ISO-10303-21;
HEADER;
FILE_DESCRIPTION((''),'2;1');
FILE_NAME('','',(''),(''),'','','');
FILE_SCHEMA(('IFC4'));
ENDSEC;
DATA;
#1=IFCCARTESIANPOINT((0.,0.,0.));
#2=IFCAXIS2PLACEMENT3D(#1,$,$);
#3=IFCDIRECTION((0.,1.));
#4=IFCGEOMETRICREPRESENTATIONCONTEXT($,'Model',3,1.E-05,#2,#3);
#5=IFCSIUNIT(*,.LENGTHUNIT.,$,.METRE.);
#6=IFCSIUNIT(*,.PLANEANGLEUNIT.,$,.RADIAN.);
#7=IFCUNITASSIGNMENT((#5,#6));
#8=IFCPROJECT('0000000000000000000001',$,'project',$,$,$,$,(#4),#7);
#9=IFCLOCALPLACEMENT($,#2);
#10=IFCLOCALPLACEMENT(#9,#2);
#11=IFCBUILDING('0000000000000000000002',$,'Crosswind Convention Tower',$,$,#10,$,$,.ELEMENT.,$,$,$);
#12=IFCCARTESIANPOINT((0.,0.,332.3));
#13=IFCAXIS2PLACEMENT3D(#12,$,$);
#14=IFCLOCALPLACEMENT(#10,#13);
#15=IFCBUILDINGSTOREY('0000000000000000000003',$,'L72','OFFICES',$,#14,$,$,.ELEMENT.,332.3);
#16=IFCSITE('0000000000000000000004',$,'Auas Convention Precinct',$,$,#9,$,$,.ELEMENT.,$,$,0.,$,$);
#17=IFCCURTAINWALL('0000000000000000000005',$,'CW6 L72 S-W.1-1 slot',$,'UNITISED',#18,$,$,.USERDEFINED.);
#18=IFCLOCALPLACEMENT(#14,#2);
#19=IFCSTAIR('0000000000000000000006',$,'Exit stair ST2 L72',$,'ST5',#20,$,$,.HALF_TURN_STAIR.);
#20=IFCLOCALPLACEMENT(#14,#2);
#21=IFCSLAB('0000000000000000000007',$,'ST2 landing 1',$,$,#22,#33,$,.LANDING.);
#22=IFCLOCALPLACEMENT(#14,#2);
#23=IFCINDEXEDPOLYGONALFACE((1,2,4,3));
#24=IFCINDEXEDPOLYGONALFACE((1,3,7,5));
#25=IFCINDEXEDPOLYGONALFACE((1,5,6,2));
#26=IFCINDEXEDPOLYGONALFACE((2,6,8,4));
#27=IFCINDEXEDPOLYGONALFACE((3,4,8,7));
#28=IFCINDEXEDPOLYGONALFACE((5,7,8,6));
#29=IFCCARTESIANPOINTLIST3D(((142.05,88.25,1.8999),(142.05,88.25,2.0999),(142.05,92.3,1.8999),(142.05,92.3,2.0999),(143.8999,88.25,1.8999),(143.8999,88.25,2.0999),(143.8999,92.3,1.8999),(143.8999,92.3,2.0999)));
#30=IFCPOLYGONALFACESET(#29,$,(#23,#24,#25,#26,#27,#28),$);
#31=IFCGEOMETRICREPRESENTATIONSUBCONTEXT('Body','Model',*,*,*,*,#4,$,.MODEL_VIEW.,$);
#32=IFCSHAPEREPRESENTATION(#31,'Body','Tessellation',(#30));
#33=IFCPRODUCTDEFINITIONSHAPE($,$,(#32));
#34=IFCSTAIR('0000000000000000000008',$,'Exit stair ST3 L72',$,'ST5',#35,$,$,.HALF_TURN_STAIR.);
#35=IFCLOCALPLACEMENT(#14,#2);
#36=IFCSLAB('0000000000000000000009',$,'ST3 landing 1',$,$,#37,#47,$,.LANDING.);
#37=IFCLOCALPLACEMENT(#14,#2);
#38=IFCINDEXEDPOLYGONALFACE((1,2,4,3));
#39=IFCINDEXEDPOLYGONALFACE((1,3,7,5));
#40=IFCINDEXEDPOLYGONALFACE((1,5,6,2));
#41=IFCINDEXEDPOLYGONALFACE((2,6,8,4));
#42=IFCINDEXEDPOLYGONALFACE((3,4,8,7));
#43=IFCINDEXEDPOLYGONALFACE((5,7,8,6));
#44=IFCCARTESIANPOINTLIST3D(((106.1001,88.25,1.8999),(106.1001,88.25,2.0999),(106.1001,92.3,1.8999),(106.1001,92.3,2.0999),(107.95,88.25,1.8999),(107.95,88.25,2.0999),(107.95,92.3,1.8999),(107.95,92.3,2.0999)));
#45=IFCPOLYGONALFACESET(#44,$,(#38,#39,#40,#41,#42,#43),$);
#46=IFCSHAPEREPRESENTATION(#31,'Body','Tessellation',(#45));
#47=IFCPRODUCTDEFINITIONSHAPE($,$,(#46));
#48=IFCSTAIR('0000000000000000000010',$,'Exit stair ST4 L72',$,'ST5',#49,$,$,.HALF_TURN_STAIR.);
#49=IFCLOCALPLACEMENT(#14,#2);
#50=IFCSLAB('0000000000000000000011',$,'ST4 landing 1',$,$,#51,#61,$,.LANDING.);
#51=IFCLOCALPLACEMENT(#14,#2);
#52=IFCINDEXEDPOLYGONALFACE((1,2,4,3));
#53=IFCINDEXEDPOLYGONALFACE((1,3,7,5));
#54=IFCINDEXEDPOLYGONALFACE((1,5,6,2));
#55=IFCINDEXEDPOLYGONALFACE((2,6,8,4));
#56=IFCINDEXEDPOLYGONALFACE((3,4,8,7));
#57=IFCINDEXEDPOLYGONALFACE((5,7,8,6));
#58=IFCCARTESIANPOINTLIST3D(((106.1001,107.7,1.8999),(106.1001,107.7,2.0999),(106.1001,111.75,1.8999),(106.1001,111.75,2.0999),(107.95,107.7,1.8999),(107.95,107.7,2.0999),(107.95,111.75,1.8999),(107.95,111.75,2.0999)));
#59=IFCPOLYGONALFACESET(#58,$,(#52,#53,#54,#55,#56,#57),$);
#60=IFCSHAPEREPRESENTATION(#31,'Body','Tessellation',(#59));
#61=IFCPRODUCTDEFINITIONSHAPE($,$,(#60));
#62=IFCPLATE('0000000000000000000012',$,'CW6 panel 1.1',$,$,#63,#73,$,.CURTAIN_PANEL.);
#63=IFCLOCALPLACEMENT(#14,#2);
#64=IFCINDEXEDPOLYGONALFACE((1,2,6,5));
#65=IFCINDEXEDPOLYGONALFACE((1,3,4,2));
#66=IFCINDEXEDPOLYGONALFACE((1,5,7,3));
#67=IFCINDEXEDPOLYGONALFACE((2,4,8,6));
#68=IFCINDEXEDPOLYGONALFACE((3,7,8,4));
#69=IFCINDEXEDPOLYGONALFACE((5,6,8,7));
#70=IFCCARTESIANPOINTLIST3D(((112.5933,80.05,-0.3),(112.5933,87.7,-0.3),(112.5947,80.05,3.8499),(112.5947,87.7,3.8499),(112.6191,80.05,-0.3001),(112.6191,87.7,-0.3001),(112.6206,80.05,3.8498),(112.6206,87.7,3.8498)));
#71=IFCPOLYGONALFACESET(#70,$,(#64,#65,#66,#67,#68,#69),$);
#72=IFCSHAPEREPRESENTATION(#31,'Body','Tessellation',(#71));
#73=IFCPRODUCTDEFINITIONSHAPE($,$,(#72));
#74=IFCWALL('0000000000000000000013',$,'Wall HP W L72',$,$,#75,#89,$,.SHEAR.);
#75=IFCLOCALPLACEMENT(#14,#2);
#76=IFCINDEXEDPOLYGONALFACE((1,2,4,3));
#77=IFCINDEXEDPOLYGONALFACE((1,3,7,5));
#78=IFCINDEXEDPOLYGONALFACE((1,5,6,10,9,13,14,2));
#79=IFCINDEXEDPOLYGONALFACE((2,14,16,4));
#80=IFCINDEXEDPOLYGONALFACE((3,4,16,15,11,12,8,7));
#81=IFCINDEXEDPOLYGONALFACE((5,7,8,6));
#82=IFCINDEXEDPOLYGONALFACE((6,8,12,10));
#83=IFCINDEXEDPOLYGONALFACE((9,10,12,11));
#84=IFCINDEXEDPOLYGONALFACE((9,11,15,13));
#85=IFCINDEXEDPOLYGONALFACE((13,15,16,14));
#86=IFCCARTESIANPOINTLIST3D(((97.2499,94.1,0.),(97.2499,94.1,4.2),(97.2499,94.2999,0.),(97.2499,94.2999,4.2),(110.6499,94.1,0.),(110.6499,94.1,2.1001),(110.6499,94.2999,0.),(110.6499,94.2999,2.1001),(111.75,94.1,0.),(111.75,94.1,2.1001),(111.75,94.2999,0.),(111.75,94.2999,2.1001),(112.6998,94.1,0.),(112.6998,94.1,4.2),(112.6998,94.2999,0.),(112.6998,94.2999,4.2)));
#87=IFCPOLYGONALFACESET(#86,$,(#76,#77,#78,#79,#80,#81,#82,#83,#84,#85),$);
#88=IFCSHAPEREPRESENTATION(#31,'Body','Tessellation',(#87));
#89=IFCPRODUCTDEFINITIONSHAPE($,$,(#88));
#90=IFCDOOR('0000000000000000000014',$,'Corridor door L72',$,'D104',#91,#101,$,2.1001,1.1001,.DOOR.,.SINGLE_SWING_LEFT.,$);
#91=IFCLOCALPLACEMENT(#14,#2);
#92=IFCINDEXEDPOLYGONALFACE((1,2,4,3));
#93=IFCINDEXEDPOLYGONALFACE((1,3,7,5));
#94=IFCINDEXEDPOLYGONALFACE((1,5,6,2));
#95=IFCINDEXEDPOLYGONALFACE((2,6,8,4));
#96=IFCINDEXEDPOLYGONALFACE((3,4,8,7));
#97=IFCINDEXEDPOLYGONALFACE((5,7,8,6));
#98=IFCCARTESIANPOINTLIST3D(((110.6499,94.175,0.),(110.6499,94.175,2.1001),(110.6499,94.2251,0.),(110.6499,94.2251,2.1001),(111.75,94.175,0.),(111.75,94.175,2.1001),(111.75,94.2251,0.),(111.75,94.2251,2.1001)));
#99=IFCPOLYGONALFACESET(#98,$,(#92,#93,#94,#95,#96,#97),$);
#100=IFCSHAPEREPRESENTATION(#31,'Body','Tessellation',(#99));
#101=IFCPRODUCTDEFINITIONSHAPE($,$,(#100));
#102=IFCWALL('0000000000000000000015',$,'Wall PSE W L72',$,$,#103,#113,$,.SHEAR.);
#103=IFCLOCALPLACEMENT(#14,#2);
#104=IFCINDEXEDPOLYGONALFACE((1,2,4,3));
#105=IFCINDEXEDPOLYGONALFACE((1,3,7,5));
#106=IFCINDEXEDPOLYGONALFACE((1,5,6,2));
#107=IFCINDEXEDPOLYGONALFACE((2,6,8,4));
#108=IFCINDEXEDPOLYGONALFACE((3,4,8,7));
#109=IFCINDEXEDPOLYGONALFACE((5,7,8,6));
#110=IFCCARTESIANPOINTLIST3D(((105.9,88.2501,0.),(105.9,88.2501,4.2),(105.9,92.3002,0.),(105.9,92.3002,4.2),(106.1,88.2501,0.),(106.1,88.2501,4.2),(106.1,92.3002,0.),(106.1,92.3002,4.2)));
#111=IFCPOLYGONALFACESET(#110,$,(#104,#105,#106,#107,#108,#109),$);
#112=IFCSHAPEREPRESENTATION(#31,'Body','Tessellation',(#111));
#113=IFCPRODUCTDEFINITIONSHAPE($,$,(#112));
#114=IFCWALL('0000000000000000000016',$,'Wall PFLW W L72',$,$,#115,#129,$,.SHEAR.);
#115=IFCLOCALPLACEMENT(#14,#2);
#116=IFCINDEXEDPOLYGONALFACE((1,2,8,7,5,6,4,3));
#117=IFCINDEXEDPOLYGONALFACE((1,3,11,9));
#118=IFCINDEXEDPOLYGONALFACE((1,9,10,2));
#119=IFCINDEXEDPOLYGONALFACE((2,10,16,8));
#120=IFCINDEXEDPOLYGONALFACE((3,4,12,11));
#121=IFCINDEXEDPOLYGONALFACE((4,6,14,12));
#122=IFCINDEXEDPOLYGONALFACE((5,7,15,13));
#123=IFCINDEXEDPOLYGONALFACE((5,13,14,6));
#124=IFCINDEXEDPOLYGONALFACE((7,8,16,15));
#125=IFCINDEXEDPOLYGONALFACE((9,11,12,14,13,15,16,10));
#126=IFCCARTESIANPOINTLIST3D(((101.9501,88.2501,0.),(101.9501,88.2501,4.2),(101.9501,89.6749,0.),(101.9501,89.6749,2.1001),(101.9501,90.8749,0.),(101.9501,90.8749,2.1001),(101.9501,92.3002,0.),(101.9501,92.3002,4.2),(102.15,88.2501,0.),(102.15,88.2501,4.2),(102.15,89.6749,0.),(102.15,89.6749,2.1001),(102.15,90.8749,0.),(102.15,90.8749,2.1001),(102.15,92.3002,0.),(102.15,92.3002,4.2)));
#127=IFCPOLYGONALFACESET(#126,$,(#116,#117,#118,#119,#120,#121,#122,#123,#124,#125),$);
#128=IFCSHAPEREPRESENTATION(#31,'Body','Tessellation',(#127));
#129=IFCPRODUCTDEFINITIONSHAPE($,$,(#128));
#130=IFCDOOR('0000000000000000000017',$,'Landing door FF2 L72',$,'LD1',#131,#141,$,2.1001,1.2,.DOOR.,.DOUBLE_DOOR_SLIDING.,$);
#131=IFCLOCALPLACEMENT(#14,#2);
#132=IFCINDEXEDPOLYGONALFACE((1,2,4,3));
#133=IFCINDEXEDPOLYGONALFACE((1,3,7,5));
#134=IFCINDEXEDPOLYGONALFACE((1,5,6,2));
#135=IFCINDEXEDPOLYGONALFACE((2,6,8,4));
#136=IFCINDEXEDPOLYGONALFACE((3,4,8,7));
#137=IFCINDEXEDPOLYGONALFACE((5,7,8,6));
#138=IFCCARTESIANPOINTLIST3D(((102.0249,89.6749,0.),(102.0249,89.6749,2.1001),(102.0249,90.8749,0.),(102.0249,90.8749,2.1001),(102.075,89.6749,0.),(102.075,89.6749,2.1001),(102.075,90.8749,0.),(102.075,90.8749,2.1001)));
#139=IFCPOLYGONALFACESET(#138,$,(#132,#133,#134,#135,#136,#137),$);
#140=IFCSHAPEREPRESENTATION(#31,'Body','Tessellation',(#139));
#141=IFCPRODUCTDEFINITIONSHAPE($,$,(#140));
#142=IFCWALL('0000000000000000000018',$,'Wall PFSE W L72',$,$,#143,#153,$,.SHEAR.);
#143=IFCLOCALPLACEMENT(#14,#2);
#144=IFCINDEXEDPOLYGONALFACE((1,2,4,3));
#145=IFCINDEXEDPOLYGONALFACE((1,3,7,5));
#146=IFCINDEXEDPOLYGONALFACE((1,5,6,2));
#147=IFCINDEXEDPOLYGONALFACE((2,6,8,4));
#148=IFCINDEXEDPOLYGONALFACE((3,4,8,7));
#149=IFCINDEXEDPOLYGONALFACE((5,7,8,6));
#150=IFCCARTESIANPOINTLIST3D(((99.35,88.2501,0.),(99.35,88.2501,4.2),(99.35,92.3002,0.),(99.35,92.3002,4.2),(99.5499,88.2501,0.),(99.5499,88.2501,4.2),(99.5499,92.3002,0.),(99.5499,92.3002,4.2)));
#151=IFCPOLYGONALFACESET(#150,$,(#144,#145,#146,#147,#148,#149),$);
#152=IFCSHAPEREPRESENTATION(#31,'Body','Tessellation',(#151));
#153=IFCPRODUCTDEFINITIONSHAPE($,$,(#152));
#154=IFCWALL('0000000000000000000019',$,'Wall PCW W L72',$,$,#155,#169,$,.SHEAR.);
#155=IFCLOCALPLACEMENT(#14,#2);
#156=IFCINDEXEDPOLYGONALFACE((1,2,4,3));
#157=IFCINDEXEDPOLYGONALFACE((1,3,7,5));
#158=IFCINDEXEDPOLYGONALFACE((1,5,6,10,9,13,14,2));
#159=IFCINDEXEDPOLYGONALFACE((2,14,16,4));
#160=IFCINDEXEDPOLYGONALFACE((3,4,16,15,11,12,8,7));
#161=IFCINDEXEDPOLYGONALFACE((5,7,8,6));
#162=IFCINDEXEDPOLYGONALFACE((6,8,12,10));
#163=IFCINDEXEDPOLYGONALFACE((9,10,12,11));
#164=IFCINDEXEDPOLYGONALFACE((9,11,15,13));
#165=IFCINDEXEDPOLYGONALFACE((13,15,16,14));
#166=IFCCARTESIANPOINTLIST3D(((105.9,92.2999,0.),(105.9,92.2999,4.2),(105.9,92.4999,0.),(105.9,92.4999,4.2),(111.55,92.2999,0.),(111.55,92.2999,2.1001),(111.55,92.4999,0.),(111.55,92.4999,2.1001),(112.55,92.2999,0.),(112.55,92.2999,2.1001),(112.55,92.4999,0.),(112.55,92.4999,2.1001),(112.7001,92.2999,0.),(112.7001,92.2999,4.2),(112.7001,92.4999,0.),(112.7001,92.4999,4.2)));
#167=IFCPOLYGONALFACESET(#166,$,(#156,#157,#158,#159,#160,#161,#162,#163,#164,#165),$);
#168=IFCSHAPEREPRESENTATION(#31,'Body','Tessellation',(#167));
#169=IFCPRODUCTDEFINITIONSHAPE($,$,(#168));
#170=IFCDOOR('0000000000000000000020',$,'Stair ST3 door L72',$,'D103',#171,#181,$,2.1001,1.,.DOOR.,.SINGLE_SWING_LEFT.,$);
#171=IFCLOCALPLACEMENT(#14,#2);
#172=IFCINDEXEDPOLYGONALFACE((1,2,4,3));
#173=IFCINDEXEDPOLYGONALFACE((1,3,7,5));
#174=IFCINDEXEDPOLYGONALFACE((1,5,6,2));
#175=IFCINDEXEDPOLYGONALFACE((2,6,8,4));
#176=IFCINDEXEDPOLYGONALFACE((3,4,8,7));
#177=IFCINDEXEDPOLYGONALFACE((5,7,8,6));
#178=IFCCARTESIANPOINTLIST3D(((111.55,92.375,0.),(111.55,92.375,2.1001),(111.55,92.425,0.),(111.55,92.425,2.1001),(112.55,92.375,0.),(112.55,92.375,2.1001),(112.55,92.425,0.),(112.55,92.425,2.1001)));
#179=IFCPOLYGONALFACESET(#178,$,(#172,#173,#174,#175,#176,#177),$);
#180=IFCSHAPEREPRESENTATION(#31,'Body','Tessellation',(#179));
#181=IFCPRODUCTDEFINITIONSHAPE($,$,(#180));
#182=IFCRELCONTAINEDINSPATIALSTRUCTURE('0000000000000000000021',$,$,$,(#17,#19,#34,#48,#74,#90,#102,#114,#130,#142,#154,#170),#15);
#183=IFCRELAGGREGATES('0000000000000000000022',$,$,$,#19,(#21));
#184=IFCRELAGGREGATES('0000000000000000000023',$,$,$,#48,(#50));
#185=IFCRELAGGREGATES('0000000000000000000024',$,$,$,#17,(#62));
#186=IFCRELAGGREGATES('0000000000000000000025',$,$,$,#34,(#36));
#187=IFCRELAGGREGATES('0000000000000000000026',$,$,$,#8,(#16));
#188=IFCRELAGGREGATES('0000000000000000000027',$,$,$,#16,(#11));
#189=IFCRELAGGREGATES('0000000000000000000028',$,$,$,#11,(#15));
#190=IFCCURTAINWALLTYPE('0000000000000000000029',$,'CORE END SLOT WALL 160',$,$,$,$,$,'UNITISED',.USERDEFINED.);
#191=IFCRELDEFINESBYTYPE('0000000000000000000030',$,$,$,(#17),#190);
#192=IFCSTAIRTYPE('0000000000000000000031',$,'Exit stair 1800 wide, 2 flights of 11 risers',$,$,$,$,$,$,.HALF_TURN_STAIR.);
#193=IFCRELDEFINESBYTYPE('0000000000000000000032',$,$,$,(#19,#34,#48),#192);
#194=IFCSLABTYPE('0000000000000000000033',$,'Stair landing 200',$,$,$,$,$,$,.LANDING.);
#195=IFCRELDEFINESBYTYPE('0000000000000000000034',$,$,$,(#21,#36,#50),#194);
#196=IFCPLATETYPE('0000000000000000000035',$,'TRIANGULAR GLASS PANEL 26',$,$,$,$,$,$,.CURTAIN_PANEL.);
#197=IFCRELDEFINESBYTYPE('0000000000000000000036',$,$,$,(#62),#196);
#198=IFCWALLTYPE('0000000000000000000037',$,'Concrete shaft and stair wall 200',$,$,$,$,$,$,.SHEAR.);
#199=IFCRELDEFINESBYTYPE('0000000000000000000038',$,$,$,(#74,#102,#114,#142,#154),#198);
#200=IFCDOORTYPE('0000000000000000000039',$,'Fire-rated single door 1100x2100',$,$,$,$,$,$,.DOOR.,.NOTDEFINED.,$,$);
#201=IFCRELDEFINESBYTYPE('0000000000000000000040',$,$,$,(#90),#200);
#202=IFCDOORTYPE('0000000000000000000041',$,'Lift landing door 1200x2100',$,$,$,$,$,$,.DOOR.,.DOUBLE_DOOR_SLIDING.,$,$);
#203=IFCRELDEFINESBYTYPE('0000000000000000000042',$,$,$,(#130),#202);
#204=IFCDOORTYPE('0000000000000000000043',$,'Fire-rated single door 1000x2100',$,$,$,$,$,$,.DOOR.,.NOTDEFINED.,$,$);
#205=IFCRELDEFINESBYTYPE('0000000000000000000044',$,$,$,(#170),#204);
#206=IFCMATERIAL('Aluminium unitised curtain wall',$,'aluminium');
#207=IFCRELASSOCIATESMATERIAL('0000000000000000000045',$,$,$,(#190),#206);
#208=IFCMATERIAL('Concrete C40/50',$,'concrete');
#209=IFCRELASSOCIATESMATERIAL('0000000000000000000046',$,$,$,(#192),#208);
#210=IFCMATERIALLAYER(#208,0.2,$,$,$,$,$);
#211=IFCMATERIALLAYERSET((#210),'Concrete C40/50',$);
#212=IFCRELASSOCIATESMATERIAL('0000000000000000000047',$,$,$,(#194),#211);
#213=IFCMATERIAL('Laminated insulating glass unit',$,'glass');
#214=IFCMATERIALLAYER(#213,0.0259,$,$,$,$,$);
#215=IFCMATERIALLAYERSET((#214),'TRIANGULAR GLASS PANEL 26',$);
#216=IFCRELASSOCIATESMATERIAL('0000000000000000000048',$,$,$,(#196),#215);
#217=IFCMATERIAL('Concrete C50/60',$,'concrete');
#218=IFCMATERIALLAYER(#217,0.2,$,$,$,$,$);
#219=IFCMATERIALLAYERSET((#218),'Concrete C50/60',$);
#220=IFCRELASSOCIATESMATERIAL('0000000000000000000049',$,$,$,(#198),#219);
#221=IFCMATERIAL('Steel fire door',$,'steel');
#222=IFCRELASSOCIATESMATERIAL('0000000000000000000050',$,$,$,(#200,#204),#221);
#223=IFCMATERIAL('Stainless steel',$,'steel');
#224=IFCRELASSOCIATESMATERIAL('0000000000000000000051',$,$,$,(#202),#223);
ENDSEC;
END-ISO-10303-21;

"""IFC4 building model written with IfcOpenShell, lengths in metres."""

from ifc_helpers import new_model, si_unit, direction, frame, frame_2d, origin, place, context, subcontext, project, spatial, polyline, rectangle, outline, extrude, material, layer, layer_set, type_object, element, fill, aggregate, save


model = new_model("IFC4")

# Units and contexts
model_context = context("Model", 3, precision=1e-05, world=origin(), true_north=direction((0.0, 1.0)))
body_context = subcontext(model_context, "Body", "Model", "MODEL_VIEW")
ifc_project = project(units=[si_unit("LENGTHUNIT", "METRE"), si_unit("PLANEANGLEUNIT", "RADIAN")], contexts=[model_context])

# Site, building, storey
site_placement = place(None, origin())
site = spatial("IfcSite", under=ifc_project, at=site_placement, Name="Auas Convention Precinct", CompositionType="ELEMENT", RefElevation=0.0)
building_placement = place(site_placement, origin())
building = spatial("IfcBuilding", under=site, at=building_placement, Name="Crosswind Convention Tower", CompositionType="ELEMENT")
storey_placement = place(building_placement, frame((0.0, 0.0, 332.3)))
storey = spatial("IfcBuildingStorey", under=building, at=storey_placement, Name="L72", Description="OFFICES", CompositionType="ELEMENT", Elevation=332.3)

# Curtain wall
ifc_material_1 = material(Name="Aluminium unitised curtain wall", Category="aluminium")
curtain_wall_type = type_object("IfcCurtainWallType", Name="CORE END SLOT WALL 160", ElementType="UNITISED", PredefinedType="USERDEFINED", material=ifc_material_1)
curtain_wall_placement = place(storey_placement, origin())
curtain_wall = element("IfcCurtainWall", 1, at=curtain_wall_placement, inside=storey, type_object=curtain_wall_type, Name="CW6 L72 S-W.1-1 slot", ObjectType="UNITISED", PredefinedType="USERDEFINED")

# Shared definitions
ifc_material_2 = material(Name="Concrete C40/50", Category="concrete")

# Stairs, slabs
stair_type = type_object("IfcStairType", Name="Exit stair 1800 wide, 2 flights of 11 risers", PredefinedType="HALF_TURN_STAIR", material=ifc_material_2)
ifc_layer_1 = layer(ifc_material_2, 0.2)
ifc_layer_set_1 = layer_set([ifc_layer_1], Name="Concrete C40/50")
slab_type_1 = type_object("IfcSlabType", Name="Stair landing 200", PredefinedType="LANDING", material=ifc_layer_set_1)
stair_1_placement = place(storey_placement, origin())
stair_1 = element("IfcStair", 2, at=stair_1_placement, inside=storey, type_object=stair_type, Name="Exit stair ST2 L72", ObjectType="ST5", PredefinedType="HALF_TURN_STAIR")
slab_1_placement = place(storey_placement, frame((0.0, 0.0, 1.8999)))
slab_1 = element("IfcSlab", 3, at=slab_1_placement, type_object=slab_type_1, Name="ST2 landing 1", PredefinedType="LANDING", context=body_context, shape_type="SweptSolid", body=[
    extrude(outline(polyline([(143.8999, 88.25), (143.8999, 92.3), (142.05, 92.3), (142.05, 88.25), (143.8999, 88.25)])), origin(), (0.0, 0.0, 1.0), 0.2),
])
aggregate(stair_1, [slab_1])
stair_2_placement = place(storey_placement, origin())
stair_2 = element("IfcStair", 4, at=stair_2_placement, inside=storey, type_object=stair_type, Name="Exit stair ST3 L72", ObjectType="ST5", PredefinedType="HALF_TURN_STAIR")
slab_2_placement = place(storey_placement, frame((0.0, 0.0, 1.8999)))
slab_2 = element("IfcSlab", 5, at=slab_2_placement, type_object=slab_type_1, Name="ST3 landing 1", PredefinedType="LANDING", context=body_context, shape_type="SweptSolid", body=[
    extrude(outline(polyline([(107.95, 88.25), (107.95, 92.3), (106.1001, 92.3), (106.1001, 88.25), (107.95, 88.25)])), origin(), (0.0, 0.0, 1.0), 0.2),
])
stair_3_placement = place(storey_placement, origin())
stair_3 = element("IfcStair", 6, at=stair_3_placement, inside=storey, type_object=stair_type, Name="Exit stair ST4 L72", ObjectType="ST5", PredefinedType="HALF_TURN_STAIR")
slab_3_placement = place(storey_placement, frame((0.0, 0.0, 1.8999)))
slab_3 = element("IfcSlab", 7, at=slab_3_placement, type_object=slab_type_1, Name="ST4 landing 1", PredefinedType="LANDING", context=body_context, shape_type="SweptSolid", body=[
    extrude(outline(polyline([(107.95, 107.7), (107.95, 111.75), (106.1001, 111.75), (106.1001, 107.7), (107.95, 107.7)])), origin(), (0.0, 0.0, 1.0), 0.2),
])
aggregate(stair_3, [slab_3])

# Plate
ifc_material_3 = material(Name="Laminated insulating glass unit", Category="glass")
ifc_layer_2 = layer(ifc_material_3, 0.0259)
ifc_layer_set_2 = layer_set([ifc_layer_2], Name="TRIANGULAR GLASS PANEL 26")
plate_type = type_object("IfcPlateType", Name="TRIANGULAR GLASS PANEL 26", PredefinedType="CURTAIN_PANEL", material=ifc_layer_set_2)
plate_placement = place(storey_placement, frame((112.5933, 87.7, -0.3), z_axis=(-1.0, 0.0, 0.000353), x_axis=(0.0, -1.0, 0.0)))
plate = element("IfcPlate", 8, at=plate_placement, type_object=plate_type, Name="CW6 panel 1.1", PredefinedType="CURTAIN_PANEL", context=body_context, shape_type="SweptSolid", body=[
    extrude(outline(polyline([(0.0, 0.0), (7.6499, 0.0), (7.6499, 4.1499), (0.0, 4.1499), (0.0, 0.0)])), origin(), (0.0, 0.0, -1.0), 0.0259),
])
aggregate(curtain_wall, [plate])

# Wall, opening, door
ifc_material_4 = material(Name="Concrete C50/60", Category="concrete")
ifc_layer_3 = layer(ifc_material_4, 0.2)
ifc_layer_set_3 = layer_set([ifc_layer_3], Name="Concrete C50/60")
wall_type_1 = type_object("IfcWallType", Name="Concrete shaft and stair wall 200", PredefinedType="SHEAR", material=ifc_layer_set_3)
wall_1_placement = place(storey_placement, frame((112.7, 94.2, 0.0), z_axis=(0.0, 0.0, 1.0), x_axis=(-1.0, 0.0, 0.0)))
wall_1 = element("IfcWall", 9, at=wall_1_placement, inside=storey, type_object=wall_type_1, Name="Wall HP W L72", PredefinedType="SHEAR", context=body_context, shape_type="SweptSolid", body=[
    extrude(rectangle(XDim=15.45, YDim=0.2, at=frame_2d((7.7251, 0.0))), origin(), (0.0, 0.0, 1.0), 4.2),
])
opening_1_placement = place(wall_1_placement, frame((0.95, 0.0, 0.0)))
opening_1 = element("IfcOpeningElement", 10, at=opening_1_placement, cuts=wall_1, PredefinedType="OPENING", context=body_context, shape_type="SweptSolid", body=[
    extrude(rectangle(XDim=1.1001, YDim=2.1001, at=frame_2d((0.55, 1.05))), frame((0.0, 0.1099, 0.0), z_axis=(0.0, -1.0, 0.0), x_axis=(1.0, 0.0, 0.0)), (0.0, 0.0, 1.0), 0.22),
])
ifc_material_5 = material(Name="Steel fire door", Category="steel")
door_type_1 = type_object("IfcDoorType", Name="Fire-rated single door 1100x2100", OperationType="NOTDEFINED", PredefinedType="DOOR", material=ifc_material_5)
door_1_placement = place(opening_1_placement, origin())
door_1 = element("IfcDoor", 11, at=door_1_placement, inside=storey, type_object=door_type_1, Name="Corridor door L72", ObjectType="D104", OperationType="SINGLE_SWING_LEFT", OverallHeight=2.1001, OverallWidth=1.1001, PredefinedType="DOOR", context=body_context, shape_type="SweptSolid", body=[
    extrude(rectangle(XDim=1.1001, YDim=2.1001, at=frame_2d((0.55, 1.05))), frame((0.0, 0.0249, 0.0), z_axis=(0.0, -1.0, 0.0), x_axis=(1.0, 0.0, 0.0)), (0.0, 0.0, 1.0), 0.05),
])
fill(opening_1, door_1)

# Wall
wall_2_placement = place(storey_placement, frame((106.0, 92.3, 0.0), z_axis=(0.0, 0.0, 1.0), x_axis=(0.0, -1.0, 0.0)))
element("IfcWall", 12, at=wall_2_placement, inside=storey, type_object=wall_type_1, Name="Wall PSE W L72", PredefinedType="SHEAR", context=body_context, shape_type="SweptSolid", body=[
    extrude(rectangle(XDim=4.05, YDim=0.2, at=frame_2d((2.0249, 0.0))), origin(), (0.0, 0.0, 1.0), 4.2),
])

# Wall, opening, door
wall_3_placement = place(storey_placement, frame((102.05, 92.3, 0.0), z_axis=(0.0, 0.0, 1.0), x_axis=(0.0, -1.0, 0.0)))
wall_3 = element("IfcWall", 13, at=wall_3_placement, inside=storey, type_object=wall_type_1, Name="Wall PFLW W L72", PredefinedType="SHEAR", context=body_context, shape_type="SweptSolid", body=[
    extrude(rectangle(XDim=4.05, YDim=0.2, at=frame_2d((2.0249, 0.0))), origin(), (0.0, 0.0, 1.0), 4.2),
])
opening_2_placement = place(wall_3_placement, frame((1.425, 0.0, 0.0)))
opening_2 = element("IfcOpeningElement", 14, at=opening_2_placement, cuts=wall_3, PredefinedType="OPENING", context=body_context, shape_type="SweptSolid", body=[
    extrude(rectangle(XDim=1.2, YDim=2.1001, at=frame_2d((0.6001, 1.05))), frame((0.0, 0.1099, 0.0), z_axis=(0.0, -1.0, 0.0), x_axis=(1.0, 0.0, 0.0)), (0.0, 0.0, 1.0), 0.22),
])
ifc_material_6 = material(Name="Stainless steel", Category="steel")
door_type_2 = type_object("IfcDoorType", Name="Lift landing door 1200x2100", OperationType="DOUBLE_DOOR_SLIDING", PredefinedType="DOOR", material=ifc_material_6)
door_2_placement = place(opening_2_placement, origin())
door_2 = element("IfcDoor", 15, at=door_2_placement, inside=storey, type_object=door_type_2, Name="Landing door FF2 L72", ObjectType="LD1", OperationType="DOUBLE_DOOR_SLIDING", OverallHeight=2.1001, OverallWidth=1.2, PredefinedType="DOOR", context=body_context, shape_type="SweptSolid", body=[
    extrude(rectangle(XDim=1.2, YDim=2.1001, at=frame_2d((0.6001, 1.05))), frame((0.0, 0.0249, 0.0), z_axis=(0.0, -1.0, 0.0), x_axis=(1.0, 0.0, 0.0)), (0.0, 0.0, 1.0), 0.05),
])
fill(opening_2, door_2)

# Wall
wall_4_placement = place(storey_placement, frame((99.45, 92.3, 0.0), z_axis=(0.0, 0.0, 1.0), x_axis=(0.0, -1.0, 0.0)))
element("IfcWall", 16, at=wall_4_placement, inside=storey, type_object=wall_type_1, Name="Wall PFSE W L72", PredefinedType="SHEAR", context=body_context, shape_type="SweptSolid", body=[
    extrude(rectangle(XDim=4.05, YDim=0.2, at=frame_2d((2.0249, 0.0))), origin(), (0.0, 0.0, 1.0), 4.2),
])

# Wall, opening, door
wall_5_placement = place(storey_placement, frame((112.7, 92.3999, 0.0), z_axis=(0.0, 0.0, 1.0), x_axis=(-1.0, 0.0, 0.0)))
wall_5 = element("IfcWall", 17, at=wall_5_placement, inside=storey, type_object=wall_type_1, Name="Wall PCW W L72", PredefinedType="SHEAR", context=body_context, shape_type="SweptSolid", body=[
    extrude(rectangle(XDim=6.8, YDim=0.2, at=frame_2d((3.3999, 0.0))), origin(), (0.0, 0.0, 1.0), 4.2),
])
opening_3_placement = place(wall_5_placement, frame((0.1499, 0.0, 0.0)))
opening_3 = element("IfcOpeningElement", 18, at=opening_3_placement, cuts=wall_5, PredefinedType="OPENING", context=body_context, shape_type="SweptSolid", body=[
    extrude(rectangle(XDim=1.0, YDim=2.1001, at=frame_2d((0.5, 1.05))), frame((0.0, 0.1099, 0.0), z_axis=(0.0, -1.0, 0.0), x_axis=(1.0, 0.0, 0.0)), (0.0, 0.0, 1.0), 0.22),
])
door_type_3 = type_object("IfcDoorType", Name="Fire-rated single door 1000x2100", OperationType="NOTDEFINED", PredefinedType="DOOR", material=ifc_material_5)
door_3_placement = place(opening_3_placement, origin())
door_3 = element("IfcDoor", 19, at=door_3_placement, inside=storey, type_object=door_type_3, Name="Stair ST3 door L72", ObjectType="D103", OperationType="SINGLE_SWING_LEFT", OverallHeight=2.1001, OverallWidth=1.0, PredefinedType="DOOR", context=body_context, shape_type="SweptSolid", body=[
    extrude(rectangle(XDim=1.0, YDim=2.1001, at=frame_2d((0.5, 1.05))), frame((0.0, 0.0249, 0.0), z_axis=(0.0, -1.0, 0.0), x_axis=(1.0, 0.0, 0.0)), (0.0, 0.0, 1.0), 0.05),
])
fill(opening_3, door_3)

aggregate(stair_2, [slab_2])

save(model, "model.ifc")
